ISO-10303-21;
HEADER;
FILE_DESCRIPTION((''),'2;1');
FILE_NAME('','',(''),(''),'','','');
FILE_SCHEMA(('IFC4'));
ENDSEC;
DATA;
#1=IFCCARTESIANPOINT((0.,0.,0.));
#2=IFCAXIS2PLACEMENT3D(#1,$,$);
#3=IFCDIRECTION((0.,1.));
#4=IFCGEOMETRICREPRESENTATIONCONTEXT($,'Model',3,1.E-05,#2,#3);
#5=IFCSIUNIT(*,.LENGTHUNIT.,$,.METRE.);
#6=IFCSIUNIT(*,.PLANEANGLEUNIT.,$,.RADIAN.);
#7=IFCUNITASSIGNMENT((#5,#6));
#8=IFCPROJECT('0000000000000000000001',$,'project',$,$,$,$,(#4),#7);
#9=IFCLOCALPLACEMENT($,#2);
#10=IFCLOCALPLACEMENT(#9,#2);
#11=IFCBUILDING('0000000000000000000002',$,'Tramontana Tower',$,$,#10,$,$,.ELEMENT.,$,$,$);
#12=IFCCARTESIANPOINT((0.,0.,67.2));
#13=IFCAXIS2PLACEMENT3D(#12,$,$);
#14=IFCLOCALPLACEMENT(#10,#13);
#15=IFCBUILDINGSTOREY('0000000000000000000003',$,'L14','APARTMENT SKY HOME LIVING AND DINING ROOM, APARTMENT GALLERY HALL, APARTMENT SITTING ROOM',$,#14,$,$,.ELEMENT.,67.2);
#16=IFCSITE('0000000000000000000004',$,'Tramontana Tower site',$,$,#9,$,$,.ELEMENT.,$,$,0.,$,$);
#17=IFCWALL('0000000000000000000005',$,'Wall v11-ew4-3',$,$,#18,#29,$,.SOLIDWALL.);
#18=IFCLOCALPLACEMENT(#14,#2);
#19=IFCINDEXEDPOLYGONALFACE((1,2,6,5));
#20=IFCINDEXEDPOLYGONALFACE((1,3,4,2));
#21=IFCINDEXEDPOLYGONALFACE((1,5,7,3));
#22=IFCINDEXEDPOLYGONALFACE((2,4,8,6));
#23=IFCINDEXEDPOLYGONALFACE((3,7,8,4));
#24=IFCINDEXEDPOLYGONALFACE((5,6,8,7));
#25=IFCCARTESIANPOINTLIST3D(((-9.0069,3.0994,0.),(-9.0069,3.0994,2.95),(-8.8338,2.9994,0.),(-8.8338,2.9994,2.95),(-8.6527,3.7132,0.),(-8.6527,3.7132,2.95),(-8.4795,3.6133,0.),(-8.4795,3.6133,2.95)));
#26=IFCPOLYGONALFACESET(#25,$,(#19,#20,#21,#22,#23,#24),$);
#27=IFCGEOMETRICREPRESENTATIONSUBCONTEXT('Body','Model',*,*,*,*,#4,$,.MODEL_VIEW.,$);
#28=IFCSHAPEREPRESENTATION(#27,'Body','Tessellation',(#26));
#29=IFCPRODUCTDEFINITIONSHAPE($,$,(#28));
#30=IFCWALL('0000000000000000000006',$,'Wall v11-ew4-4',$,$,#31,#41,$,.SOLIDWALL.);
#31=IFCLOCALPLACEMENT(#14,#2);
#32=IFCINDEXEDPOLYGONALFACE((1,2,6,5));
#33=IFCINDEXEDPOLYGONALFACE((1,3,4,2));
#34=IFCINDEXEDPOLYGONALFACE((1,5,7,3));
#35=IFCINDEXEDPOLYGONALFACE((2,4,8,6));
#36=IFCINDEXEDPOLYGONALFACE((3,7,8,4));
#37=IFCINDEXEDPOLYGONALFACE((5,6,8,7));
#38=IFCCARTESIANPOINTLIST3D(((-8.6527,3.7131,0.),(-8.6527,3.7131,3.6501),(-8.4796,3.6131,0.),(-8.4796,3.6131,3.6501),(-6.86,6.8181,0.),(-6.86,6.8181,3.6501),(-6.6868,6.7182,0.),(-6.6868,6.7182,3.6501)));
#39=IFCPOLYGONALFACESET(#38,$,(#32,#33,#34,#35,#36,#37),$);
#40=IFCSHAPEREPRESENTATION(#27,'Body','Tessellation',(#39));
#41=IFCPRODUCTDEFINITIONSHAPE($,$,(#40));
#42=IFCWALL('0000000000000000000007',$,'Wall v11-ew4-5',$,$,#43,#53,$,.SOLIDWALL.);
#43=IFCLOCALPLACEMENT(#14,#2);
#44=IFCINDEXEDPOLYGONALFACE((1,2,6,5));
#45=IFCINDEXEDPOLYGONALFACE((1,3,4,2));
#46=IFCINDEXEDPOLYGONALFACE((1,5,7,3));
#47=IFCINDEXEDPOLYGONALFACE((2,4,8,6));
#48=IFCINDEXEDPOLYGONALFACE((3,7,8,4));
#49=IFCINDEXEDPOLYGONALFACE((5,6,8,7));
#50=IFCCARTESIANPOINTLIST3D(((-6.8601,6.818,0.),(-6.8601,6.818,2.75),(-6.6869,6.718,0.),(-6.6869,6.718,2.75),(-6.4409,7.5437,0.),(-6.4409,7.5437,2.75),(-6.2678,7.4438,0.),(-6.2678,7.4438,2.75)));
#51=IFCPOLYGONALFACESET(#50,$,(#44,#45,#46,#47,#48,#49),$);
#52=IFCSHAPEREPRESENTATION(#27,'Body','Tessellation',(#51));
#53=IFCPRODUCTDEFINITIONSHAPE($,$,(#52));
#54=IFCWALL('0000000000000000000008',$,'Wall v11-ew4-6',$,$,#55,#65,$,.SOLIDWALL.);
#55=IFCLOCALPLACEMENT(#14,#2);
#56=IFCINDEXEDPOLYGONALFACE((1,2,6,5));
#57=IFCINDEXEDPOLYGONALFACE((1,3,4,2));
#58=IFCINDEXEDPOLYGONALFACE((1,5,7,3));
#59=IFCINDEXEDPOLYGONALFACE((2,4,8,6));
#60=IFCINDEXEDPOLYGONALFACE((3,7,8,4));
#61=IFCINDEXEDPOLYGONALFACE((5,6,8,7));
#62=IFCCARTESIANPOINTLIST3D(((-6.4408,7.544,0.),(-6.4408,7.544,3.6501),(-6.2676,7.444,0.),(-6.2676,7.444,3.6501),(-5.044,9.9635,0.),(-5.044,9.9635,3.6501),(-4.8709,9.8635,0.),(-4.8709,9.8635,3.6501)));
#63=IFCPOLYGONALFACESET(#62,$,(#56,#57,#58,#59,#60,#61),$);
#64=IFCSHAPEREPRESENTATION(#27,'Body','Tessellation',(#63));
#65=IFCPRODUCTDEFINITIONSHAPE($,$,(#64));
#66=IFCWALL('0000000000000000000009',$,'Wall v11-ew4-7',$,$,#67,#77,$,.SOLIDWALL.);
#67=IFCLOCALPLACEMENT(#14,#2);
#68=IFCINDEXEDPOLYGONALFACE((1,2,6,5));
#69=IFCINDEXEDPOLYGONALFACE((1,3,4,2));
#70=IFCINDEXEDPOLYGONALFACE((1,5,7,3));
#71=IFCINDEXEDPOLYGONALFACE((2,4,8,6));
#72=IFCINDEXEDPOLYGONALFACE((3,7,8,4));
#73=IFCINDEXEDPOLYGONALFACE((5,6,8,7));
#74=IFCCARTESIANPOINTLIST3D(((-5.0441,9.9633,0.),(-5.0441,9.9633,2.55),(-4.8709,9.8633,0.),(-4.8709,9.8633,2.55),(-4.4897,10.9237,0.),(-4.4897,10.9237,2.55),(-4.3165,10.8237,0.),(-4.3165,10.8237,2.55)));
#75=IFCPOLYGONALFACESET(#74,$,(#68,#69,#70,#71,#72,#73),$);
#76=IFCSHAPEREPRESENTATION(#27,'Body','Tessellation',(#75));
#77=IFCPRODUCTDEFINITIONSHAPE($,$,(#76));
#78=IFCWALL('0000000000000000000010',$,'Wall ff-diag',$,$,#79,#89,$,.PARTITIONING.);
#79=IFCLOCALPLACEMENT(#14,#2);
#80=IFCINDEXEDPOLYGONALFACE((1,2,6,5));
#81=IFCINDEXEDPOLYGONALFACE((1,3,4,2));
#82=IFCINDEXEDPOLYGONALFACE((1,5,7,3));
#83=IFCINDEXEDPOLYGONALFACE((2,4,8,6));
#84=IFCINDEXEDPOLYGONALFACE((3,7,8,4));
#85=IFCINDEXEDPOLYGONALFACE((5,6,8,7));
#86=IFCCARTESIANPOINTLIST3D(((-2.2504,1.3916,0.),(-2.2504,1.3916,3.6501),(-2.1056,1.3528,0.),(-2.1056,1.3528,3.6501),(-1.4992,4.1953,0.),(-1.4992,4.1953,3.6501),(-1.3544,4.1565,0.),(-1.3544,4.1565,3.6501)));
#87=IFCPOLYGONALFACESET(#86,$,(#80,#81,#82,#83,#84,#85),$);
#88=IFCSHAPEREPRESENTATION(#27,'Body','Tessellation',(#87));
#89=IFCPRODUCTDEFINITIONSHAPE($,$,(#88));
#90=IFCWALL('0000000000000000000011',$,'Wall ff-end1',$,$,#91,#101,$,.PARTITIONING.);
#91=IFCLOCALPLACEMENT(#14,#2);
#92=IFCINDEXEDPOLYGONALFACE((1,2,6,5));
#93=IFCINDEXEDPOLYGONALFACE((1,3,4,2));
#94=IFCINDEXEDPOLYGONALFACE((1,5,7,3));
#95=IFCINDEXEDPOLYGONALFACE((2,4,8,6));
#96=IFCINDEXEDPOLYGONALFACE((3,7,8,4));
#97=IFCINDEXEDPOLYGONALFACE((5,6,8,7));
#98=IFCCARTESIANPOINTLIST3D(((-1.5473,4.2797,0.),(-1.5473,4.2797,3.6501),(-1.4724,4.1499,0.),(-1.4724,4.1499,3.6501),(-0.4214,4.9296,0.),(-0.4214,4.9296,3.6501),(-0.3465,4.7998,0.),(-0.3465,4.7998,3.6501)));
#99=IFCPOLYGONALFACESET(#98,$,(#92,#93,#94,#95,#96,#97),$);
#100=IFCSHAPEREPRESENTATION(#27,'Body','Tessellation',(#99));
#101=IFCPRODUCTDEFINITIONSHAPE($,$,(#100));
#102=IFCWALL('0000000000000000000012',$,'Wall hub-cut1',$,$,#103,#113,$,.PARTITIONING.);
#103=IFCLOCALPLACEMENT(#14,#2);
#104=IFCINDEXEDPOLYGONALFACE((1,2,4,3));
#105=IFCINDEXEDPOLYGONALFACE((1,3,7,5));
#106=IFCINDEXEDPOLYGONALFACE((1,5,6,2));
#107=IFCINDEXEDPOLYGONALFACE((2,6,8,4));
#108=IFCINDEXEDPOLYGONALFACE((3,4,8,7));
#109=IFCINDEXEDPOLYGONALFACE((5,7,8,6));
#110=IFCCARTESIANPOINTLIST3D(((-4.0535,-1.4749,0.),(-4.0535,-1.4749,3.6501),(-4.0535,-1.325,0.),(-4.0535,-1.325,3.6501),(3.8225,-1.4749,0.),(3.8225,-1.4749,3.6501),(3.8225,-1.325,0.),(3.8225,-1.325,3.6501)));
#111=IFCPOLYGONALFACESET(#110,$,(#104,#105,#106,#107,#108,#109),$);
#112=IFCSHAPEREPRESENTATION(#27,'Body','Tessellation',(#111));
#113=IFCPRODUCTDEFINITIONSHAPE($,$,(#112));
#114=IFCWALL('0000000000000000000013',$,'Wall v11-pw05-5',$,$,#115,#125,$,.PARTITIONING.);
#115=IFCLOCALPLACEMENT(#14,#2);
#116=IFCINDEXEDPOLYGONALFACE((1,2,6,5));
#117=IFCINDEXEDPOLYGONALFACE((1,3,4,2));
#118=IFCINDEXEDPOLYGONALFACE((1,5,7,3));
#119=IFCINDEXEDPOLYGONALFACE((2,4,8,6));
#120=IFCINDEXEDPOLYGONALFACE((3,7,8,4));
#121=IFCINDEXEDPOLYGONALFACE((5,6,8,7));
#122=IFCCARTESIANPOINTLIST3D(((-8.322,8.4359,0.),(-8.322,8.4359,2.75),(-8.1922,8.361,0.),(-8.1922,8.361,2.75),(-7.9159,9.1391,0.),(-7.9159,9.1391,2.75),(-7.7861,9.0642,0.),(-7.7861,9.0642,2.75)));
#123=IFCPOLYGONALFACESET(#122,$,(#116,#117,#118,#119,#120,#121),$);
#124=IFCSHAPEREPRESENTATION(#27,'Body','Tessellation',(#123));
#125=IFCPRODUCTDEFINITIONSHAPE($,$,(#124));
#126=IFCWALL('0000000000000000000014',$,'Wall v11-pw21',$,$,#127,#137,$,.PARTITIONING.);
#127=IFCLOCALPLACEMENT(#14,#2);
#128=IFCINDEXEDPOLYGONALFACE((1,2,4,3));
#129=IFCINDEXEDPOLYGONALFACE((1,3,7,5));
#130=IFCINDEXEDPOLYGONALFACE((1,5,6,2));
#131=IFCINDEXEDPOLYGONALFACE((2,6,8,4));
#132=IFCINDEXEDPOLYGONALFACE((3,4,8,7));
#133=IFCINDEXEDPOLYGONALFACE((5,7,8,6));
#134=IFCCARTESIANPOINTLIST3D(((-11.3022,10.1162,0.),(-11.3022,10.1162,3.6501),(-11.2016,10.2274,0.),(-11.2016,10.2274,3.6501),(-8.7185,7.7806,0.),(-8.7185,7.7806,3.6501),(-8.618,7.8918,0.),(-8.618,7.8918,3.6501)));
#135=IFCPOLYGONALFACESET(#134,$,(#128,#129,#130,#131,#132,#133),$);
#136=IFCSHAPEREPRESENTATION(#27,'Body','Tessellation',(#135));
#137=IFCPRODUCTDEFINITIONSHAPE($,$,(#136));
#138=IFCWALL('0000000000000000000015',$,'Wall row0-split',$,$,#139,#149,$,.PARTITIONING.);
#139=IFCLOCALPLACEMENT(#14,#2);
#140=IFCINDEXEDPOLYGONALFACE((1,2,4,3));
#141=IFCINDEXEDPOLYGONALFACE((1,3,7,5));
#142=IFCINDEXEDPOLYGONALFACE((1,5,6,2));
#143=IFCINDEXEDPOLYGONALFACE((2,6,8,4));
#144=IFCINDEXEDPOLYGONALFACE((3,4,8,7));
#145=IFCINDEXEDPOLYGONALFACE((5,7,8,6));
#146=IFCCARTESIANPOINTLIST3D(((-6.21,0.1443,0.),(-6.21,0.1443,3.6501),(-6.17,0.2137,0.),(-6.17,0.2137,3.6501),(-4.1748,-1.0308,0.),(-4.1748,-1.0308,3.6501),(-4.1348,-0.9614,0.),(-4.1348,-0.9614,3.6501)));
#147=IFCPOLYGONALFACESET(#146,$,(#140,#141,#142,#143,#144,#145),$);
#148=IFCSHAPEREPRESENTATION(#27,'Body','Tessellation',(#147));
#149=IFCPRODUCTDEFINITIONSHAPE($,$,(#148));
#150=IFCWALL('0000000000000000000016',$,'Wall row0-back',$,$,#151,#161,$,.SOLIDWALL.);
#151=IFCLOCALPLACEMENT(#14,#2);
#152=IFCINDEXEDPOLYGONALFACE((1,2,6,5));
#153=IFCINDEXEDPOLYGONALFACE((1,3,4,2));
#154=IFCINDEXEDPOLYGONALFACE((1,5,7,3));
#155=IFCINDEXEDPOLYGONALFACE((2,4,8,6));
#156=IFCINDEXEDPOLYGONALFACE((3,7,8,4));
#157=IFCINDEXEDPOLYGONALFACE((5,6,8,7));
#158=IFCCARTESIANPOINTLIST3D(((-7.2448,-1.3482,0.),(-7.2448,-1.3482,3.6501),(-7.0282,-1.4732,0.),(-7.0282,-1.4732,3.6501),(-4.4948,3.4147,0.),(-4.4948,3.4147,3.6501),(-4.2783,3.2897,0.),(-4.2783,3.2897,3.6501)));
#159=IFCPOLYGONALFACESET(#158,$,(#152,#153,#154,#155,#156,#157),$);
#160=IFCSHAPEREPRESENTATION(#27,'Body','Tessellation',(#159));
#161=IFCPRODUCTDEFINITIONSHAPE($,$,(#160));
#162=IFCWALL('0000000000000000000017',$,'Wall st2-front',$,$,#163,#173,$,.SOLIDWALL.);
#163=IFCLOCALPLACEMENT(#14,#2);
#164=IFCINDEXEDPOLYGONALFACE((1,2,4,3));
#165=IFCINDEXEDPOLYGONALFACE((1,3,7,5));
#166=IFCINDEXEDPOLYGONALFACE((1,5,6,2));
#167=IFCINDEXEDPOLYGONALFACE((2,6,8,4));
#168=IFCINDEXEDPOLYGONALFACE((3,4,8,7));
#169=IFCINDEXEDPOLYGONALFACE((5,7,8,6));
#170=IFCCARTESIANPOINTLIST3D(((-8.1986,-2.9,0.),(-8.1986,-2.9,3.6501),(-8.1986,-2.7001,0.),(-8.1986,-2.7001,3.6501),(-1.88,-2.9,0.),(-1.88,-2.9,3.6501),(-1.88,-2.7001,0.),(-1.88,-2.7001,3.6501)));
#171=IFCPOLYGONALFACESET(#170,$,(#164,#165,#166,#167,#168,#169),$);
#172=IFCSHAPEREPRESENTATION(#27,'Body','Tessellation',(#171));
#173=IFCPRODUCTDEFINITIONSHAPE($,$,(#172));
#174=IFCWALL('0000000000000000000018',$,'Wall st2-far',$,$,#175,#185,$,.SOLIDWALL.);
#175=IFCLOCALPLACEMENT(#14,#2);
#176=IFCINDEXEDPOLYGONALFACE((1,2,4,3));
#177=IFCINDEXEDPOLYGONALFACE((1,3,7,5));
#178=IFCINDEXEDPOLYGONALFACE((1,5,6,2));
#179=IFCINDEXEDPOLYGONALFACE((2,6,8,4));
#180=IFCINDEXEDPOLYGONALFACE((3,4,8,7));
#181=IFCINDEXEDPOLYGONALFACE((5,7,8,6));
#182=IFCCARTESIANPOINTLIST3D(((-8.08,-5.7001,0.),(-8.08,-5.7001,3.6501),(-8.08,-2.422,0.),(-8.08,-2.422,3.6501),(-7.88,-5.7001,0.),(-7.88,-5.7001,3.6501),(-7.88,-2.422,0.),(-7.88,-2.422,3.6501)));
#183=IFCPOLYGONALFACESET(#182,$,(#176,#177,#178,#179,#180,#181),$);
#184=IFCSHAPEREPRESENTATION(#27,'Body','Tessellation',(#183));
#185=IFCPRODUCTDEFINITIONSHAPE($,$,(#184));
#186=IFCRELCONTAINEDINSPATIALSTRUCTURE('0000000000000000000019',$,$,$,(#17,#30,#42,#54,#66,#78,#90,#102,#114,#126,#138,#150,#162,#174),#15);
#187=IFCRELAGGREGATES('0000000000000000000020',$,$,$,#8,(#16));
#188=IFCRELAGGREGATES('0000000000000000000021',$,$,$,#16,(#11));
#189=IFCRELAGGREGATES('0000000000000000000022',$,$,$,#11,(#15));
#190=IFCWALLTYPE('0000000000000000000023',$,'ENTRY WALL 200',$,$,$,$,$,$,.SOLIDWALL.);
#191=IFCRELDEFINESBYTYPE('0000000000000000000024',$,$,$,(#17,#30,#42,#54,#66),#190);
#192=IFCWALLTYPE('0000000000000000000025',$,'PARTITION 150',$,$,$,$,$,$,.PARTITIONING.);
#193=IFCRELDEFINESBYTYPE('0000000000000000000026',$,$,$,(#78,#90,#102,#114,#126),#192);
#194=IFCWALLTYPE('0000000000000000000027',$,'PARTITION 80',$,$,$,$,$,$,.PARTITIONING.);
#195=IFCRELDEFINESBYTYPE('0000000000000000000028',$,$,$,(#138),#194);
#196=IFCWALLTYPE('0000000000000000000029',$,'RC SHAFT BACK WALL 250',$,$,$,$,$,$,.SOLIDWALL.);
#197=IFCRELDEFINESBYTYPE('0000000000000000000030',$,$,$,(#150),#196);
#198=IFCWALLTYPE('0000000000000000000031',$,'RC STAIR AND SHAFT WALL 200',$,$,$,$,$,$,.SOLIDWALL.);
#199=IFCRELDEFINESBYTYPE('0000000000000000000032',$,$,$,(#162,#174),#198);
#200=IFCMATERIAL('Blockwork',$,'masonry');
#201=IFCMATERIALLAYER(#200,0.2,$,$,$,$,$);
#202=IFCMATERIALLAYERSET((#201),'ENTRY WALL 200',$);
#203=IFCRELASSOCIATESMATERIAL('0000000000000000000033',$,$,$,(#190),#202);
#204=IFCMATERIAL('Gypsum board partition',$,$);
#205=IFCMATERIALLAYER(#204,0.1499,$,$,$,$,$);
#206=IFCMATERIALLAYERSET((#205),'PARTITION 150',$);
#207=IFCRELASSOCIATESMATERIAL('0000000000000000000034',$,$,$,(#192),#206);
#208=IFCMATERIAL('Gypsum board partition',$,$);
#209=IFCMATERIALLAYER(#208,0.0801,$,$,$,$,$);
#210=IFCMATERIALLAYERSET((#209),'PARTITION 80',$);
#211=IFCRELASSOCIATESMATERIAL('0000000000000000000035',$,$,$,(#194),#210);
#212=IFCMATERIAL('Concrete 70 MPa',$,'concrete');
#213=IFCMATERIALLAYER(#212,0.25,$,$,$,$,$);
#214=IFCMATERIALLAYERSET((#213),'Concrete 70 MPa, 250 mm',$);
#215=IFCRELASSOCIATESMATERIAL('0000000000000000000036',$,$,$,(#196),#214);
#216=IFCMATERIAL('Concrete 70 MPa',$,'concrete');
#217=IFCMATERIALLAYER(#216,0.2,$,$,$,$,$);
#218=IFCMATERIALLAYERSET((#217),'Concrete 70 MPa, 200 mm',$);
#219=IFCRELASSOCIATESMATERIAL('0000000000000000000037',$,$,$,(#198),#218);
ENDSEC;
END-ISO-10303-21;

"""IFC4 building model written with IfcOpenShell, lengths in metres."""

from ifc_helpers import new_model, si_unit, direction, frame, frame_2d, origin, place, context, subcontext, project, spatial, rectangle, extrude, material, layer, layer_set, type_object, element, save


model = new_model("IFC4")

# Units and contexts
model_context = context("Model", 3, precision=1e-05, world=origin(), true_north=direction((0.0, 1.0)))
body_context = subcontext(model_context, "Body", "Model", "MODEL_VIEW")
ifc_project = project(units=[si_unit("LENGTHUNIT", "METRE"), si_unit("PLANEANGLEUNIT", "RADIAN")], contexts=[model_context])

# Site, building, storey
site_placement = place(None, origin())
site = spatial("IfcSite", under=ifc_project, at=site_placement, Name="Tramontana Tower site", CompositionType="ELEMENT", RefElevation=0.0)
building_placement = place(site_placement, origin())
building = spatial("IfcBuilding", under=site, at=building_placement, Name="Tramontana Tower", CompositionType="ELEMENT")
storey_placement = place(building_placement, frame((0.0, 0.0, 67.2)))
storey = spatial("IfcBuildingStorey", under=building, at=storey_placement, Name="L14", Description="APARTMENT SKY HOME LIVING AND DINING ROOM, APARTMENT GALLERY HALL, APARTMENT SITTING ROOM", CompositionType="ELEMENT", Elevation=67.2)

# Walls
ifc_material_1 = material(Name="Blockwork", Category="masonry")
ifc_layer_1 = layer(ifc_material_1, 0.2)
ifc_layer_set_1 = layer_set([ifc_layer_1], Name="ENTRY WALL 200")
wall_type_1 = type_object("IfcWallType", Name="ENTRY WALL 200", PredefinedType="SOLIDWALL", material=ifc_layer_set_1)
wall_1_placement = place(storey_placement, frame((-8.9204, 3.0493, 0.0), z_axis=(0.0, 0.0, 1.0), x_axis=(0.499882, 0.866094, 0.0)))
element("IfcWall", 1, at=wall_1_placement, inside=storey, type_object=wall_type_1, Name="Wall v11-ew4-3", PredefinedType="SOLIDWALL", context=body_context, shape_type="SweptSolid", body=[
    extrude(rectangle(XDim=0.7087, YDim=0.2, at=frame_2d((0.3545, 0.0))), origin(), (0.0, 0.0, 1.0), 2.95),
])
wall_2_placement = place(storey_placement, frame((-8.5662, 3.6631, 0.0), z_axis=(0.0, 0.0, 1.0), x_axis=(0.500013, 0.866018, 0.0)))
element("IfcWall", 2, at=wall_2_placement, inside=storey, type_object=wall_type_1, Name="Wall v11-ew4-4", PredefinedType="SOLIDWALL", context=body_context, shape_type="SweptSolid", body=[
    extrude(rectangle(XDim=3.5854, YDim=0.2, at=frame_2d((1.7927, 0.0))), origin(), (0.0, 0.0, 1.0), 3.6501),
])
wall_3_placement = place(storey_placement, frame((-6.7734, 6.7681, 0.0), z_axis=(0.0, 0.0, 1.0), x_axis=(0.500117, 0.865958, 0.0)))
element("IfcWall", 3, at=wall_3_placement, inside=storey, type_object=wall_type_1, Name="Wall v11-ew4-5", PredefinedType="SOLIDWALL", context=body_context, shape_type="SweptSolid", body=[
    extrude(rectangle(XDim=0.8381, YDim=0.2, at=frame_2d((0.4189, 0.0))), origin(), (0.0, 0.0, 1.0), 2.75),
])
wall_4_placement = place(storey_placement, frame((-6.3542, 7.4939, 0.0), z_axis=(0.0, 0.0, 1.0), x_axis=(0.499965, 0.866046, 0.0)))
element("IfcWall", 4, at=wall_4_placement, inside=storey, type_object=wall_type_1, Name="Wall v11-ew4-6", PredefinedType="SOLIDWALL", context=body_context, shape_type="SweptSolid", body=[
    extrude(rectangle(XDim=2.7937, YDim=0.2, at=frame_2d((1.397, 0.0))), origin(), (0.0, 0.0, 1.0), 3.6501),
])
wall_5_placement = place(storey_placement, frame((-4.9575, 9.9133, 0.0), z_axis=(0.0, 0.0, 1.0), x_axis=(0.499951, 0.866054, 0.0)))
element("IfcWall", 5, at=wall_5_placement, inside=storey, type_object=wall_type_1, Name="Wall v11-ew4-7", PredefinedType="SOLIDWALL", context=body_context, shape_type="SweptSolid", body=[
    extrude(rectangle(XDim=1.1089, YDim=0.2, at=frame_2d((0.5544, 0.0))), origin(), (0.0, 0.0, 1.0), 2.55),
])
ifc_material_2 = material(Name="Gypsum board partition")
ifc_layer_2 = layer(ifc_material_2, 0.1499)
ifc_layer_set_2 = layer_set([ifc_layer_2], Name="PARTITION 150")
wall_type_2 = type_object("IfcWallType", Name="PARTITION 150", PredefinedType="PARTITIONING", material=ifc_layer_set_2)
wall_6_placement = place(storey_placement, frame((-2.178, 1.3723, 0.0), z_axis=(0.0, 0.0, 1.0), x_axis=(0.258809, 0.965929, 0.0)))
element("IfcWall", 6, at=wall_6_placement, inside=storey, type_object=wall_type_2, Name="Wall ff-diag", PredefinedType="PARTITIONING", context=body_context, shape_type="SweptSolid", body=[
    extrude(rectangle(XDim=2.9026, YDim=0.1499, at=frame_2d((1.4512, 0.0))), origin(), (0.0, 0.0, 1.0), 3.6501),
])
wall_7_placement = place(storey_placement, frame((-1.5098, 4.2148, 0.0), z_axis=(0.0, 0.0, 1.0), x_axis=(0.866086, 0.499896, 0.0)))
element("IfcWall", 7, at=wall_7_placement, inside=storey, type_object=wall_type_2, Name="Wall ff-end1", PredefinedType="PARTITIONING", context=body_context, shape_type="SweptSolid", body=[
    extrude(rectangle(XDim=1.3, YDim=0.1499, at=frame_2d((0.6499, 0.0))), origin(), (0.0, 0.0, 1.0), 3.6501),
])
wall_8_placement = place(storey_placement, frame((-4.0535, -1.3999, 0.0), z_axis=(0.0, 0.0, 1.0), x_axis=(1.0, 0.0, 0.0)))
element("IfcWall", 8, at=wall_8_placement, inside=storey, type_object=wall_type_2, Name="Wall hub-cut1", PredefinedType="PARTITIONING", context=body_context, shape_type="SweptSolid", body=[
    extrude(rectangle(XDim=7.876, YDim=0.1499, at=frame_2d((3.938, 0.0))), origin(), (0.0, 0.0, 1.0), 3.6501),
])
wall_9_placement = place(storey_placement, frame((-8.2571, 8.3984, 0.0), z_axis=(0.0, 0.0, 1.0), x_axis=(0.500052, 0.865995, 0.0)))
element("IfcWall", 9, at=wall_9_placement, inside=storey, type_object=wall_type_2, Name="Wall v11-pw05-5", PredefinedType="PARTITIONING", context=body_context, shape_type="SweptSolid", body=[
    extrude(rectangle(XDim=0.812, YDim=0.1499, at=frame_2d((0.406, 0.0))), origin(), (0.0, 0.0, 1.0), 2.75),
])

# Walls
wall_10_placement = place(storey_placement, frame((-8.6682, 7.8362, 0.0), z_axis=(0.0, 0.0, 1.0), x_axis=(-0.741818, 0.670601, 0.0)))
element("IfcWall", 10, at=wall_10_placement, inside=storey, type_object=wall_type_2, Name="Wall v11-pw21", PredefinedType="PARTITIONING", context=body_context, shape_type="SweptSolid", body=[
    extrude(rectangle(XDim=3.4829, YDim=0.1499, at=frame_2d((1.7415, 0.0))), origin(), (0.0, 0.0, 1.0), 3.6501),
])
ifc_material_3 = material(Name="Gypsum board partition")
ifc_layer_3 = layer(ifc_material_3, 0.0801)
ifc_layer_set_3 = layer_set([ifc_layer_3], Name="PARTITION 80")
wall_type_3 = type_object("IfcWallType", Name="PARTITION 80", PredefinedType="PARTITIONING", material=ifc_layer_set_3)
wall_11_placement = place(storey_placement, frame((-4.1548, -0.9961, 0.0), z_axis=(0.0, 0.0, 1.0), x_axis=(-0.866016, 0.500016, 0.0)))
element("IfcWall", 11, at=wall_11_placement, inside=storey, type_object=wall_type_3, Name="Wall row0-split", PredefinedType="PARTITIONING", context=body_context, shape_type="SweptSolid", body=[
    extrude(rectangle(XDim=2.3501, YDim=0.0801, at=frame_2d((1.175, 0.0))), origin(), (0.0, 0.0, 1.0), 3.6501),
])
ifc_material_4 = material(Name="Concrete 70 MPa", Category="concrete")
ifc_layer_4 = layer(ifc_material_4, 0.25)
ifc_layer_set_4 = layer_set([ifc_layer_4], Name="Concrete 70 MPa, 250 mm")
wall_type_4 = type_object("IfcWallType", Name="RC SHAFT BACK WALL 250", PredefinedType="SOLIDWALL", material=ifc_layer_set_4)
wall_12_placement = place(storey_placement, frame((-4.3865, 3.3523, 0.0), z_axis=(0.0, 0.0, 1.0), x_axis=(-0.500016, -0.866016, 0.0)))
element("IfcWall", 12, at=wall_12_placement, inside=storey, type_object=wall_type_4, Name="Wall row0-back", PredefinedType="SOLIDWALL", context=body_context, shape_type="SweptSolid", body=[
    extrude(rectangle(XDim=5.4998, YDim=0.25, at=frame_2d((2.75, 0.0))), origin(), (0.0, 0.0, 1.0), 3.6501),
])

# Shared definitions
ifc_material_5 = material(Name="Concrete 70 MPa", Category="concrete")
ifc_layer_5 = layer(ifc_material_5, 0.2)
ifc_layer_set_5 = layer_set([ifc_layer_5], Name="Concrete 70 MPa, 200 mm")
wall_type_5 = type_object("IfcWallType", Name="RC STAIR AND SHAFT WALL 200", PredefinedType="SOLIDWALL", material=ifc_layer_set_5)

# Walls
wall_13_placement = place(storey_placement, frame((-8.1985, -2.8, 0.0), z_axis=(0.0, 0.0, 1.0), x_axis=(1.0, 0.0, 0.0)))
element("IfcWall", 13, at=wall_13_placement, inside=storey, type_object=wall_type_5, Name="Wall st2-front", PredefinedType="SOLIDWALL", context=body_context, shape_type="SweptSolid", body=[
    extrude(rectangle(XDim=6.3186, YDim=0.2, at=frame_2d((3.1592, 0.0))), origin(), (0.0, 0.0, 1.0), 3.6501),
])
wall_14_placement = place(storey_placement, frame((-7.98, -2.4219, 0.0), z_axis=(0.0, 0.0, 1.0), x_axis=(0.0, -1.0, 0.0)))
element("IfcWall", 14, at=wall_14_placement, inside=storey, type_object=wall_type_5, Name="Wall st2-far", PredefinedType="SOLIDWALL", context=body_context, shape_type="SweptSolid", body=[
    extrude(rectangle(XDim=3.2781, YDim=0.2, at=frame_2d((1.6392, 0.0))), origin(), (0.0, 0.0, 1.0), 3.6501),
])

save(model, "model.ifc")
